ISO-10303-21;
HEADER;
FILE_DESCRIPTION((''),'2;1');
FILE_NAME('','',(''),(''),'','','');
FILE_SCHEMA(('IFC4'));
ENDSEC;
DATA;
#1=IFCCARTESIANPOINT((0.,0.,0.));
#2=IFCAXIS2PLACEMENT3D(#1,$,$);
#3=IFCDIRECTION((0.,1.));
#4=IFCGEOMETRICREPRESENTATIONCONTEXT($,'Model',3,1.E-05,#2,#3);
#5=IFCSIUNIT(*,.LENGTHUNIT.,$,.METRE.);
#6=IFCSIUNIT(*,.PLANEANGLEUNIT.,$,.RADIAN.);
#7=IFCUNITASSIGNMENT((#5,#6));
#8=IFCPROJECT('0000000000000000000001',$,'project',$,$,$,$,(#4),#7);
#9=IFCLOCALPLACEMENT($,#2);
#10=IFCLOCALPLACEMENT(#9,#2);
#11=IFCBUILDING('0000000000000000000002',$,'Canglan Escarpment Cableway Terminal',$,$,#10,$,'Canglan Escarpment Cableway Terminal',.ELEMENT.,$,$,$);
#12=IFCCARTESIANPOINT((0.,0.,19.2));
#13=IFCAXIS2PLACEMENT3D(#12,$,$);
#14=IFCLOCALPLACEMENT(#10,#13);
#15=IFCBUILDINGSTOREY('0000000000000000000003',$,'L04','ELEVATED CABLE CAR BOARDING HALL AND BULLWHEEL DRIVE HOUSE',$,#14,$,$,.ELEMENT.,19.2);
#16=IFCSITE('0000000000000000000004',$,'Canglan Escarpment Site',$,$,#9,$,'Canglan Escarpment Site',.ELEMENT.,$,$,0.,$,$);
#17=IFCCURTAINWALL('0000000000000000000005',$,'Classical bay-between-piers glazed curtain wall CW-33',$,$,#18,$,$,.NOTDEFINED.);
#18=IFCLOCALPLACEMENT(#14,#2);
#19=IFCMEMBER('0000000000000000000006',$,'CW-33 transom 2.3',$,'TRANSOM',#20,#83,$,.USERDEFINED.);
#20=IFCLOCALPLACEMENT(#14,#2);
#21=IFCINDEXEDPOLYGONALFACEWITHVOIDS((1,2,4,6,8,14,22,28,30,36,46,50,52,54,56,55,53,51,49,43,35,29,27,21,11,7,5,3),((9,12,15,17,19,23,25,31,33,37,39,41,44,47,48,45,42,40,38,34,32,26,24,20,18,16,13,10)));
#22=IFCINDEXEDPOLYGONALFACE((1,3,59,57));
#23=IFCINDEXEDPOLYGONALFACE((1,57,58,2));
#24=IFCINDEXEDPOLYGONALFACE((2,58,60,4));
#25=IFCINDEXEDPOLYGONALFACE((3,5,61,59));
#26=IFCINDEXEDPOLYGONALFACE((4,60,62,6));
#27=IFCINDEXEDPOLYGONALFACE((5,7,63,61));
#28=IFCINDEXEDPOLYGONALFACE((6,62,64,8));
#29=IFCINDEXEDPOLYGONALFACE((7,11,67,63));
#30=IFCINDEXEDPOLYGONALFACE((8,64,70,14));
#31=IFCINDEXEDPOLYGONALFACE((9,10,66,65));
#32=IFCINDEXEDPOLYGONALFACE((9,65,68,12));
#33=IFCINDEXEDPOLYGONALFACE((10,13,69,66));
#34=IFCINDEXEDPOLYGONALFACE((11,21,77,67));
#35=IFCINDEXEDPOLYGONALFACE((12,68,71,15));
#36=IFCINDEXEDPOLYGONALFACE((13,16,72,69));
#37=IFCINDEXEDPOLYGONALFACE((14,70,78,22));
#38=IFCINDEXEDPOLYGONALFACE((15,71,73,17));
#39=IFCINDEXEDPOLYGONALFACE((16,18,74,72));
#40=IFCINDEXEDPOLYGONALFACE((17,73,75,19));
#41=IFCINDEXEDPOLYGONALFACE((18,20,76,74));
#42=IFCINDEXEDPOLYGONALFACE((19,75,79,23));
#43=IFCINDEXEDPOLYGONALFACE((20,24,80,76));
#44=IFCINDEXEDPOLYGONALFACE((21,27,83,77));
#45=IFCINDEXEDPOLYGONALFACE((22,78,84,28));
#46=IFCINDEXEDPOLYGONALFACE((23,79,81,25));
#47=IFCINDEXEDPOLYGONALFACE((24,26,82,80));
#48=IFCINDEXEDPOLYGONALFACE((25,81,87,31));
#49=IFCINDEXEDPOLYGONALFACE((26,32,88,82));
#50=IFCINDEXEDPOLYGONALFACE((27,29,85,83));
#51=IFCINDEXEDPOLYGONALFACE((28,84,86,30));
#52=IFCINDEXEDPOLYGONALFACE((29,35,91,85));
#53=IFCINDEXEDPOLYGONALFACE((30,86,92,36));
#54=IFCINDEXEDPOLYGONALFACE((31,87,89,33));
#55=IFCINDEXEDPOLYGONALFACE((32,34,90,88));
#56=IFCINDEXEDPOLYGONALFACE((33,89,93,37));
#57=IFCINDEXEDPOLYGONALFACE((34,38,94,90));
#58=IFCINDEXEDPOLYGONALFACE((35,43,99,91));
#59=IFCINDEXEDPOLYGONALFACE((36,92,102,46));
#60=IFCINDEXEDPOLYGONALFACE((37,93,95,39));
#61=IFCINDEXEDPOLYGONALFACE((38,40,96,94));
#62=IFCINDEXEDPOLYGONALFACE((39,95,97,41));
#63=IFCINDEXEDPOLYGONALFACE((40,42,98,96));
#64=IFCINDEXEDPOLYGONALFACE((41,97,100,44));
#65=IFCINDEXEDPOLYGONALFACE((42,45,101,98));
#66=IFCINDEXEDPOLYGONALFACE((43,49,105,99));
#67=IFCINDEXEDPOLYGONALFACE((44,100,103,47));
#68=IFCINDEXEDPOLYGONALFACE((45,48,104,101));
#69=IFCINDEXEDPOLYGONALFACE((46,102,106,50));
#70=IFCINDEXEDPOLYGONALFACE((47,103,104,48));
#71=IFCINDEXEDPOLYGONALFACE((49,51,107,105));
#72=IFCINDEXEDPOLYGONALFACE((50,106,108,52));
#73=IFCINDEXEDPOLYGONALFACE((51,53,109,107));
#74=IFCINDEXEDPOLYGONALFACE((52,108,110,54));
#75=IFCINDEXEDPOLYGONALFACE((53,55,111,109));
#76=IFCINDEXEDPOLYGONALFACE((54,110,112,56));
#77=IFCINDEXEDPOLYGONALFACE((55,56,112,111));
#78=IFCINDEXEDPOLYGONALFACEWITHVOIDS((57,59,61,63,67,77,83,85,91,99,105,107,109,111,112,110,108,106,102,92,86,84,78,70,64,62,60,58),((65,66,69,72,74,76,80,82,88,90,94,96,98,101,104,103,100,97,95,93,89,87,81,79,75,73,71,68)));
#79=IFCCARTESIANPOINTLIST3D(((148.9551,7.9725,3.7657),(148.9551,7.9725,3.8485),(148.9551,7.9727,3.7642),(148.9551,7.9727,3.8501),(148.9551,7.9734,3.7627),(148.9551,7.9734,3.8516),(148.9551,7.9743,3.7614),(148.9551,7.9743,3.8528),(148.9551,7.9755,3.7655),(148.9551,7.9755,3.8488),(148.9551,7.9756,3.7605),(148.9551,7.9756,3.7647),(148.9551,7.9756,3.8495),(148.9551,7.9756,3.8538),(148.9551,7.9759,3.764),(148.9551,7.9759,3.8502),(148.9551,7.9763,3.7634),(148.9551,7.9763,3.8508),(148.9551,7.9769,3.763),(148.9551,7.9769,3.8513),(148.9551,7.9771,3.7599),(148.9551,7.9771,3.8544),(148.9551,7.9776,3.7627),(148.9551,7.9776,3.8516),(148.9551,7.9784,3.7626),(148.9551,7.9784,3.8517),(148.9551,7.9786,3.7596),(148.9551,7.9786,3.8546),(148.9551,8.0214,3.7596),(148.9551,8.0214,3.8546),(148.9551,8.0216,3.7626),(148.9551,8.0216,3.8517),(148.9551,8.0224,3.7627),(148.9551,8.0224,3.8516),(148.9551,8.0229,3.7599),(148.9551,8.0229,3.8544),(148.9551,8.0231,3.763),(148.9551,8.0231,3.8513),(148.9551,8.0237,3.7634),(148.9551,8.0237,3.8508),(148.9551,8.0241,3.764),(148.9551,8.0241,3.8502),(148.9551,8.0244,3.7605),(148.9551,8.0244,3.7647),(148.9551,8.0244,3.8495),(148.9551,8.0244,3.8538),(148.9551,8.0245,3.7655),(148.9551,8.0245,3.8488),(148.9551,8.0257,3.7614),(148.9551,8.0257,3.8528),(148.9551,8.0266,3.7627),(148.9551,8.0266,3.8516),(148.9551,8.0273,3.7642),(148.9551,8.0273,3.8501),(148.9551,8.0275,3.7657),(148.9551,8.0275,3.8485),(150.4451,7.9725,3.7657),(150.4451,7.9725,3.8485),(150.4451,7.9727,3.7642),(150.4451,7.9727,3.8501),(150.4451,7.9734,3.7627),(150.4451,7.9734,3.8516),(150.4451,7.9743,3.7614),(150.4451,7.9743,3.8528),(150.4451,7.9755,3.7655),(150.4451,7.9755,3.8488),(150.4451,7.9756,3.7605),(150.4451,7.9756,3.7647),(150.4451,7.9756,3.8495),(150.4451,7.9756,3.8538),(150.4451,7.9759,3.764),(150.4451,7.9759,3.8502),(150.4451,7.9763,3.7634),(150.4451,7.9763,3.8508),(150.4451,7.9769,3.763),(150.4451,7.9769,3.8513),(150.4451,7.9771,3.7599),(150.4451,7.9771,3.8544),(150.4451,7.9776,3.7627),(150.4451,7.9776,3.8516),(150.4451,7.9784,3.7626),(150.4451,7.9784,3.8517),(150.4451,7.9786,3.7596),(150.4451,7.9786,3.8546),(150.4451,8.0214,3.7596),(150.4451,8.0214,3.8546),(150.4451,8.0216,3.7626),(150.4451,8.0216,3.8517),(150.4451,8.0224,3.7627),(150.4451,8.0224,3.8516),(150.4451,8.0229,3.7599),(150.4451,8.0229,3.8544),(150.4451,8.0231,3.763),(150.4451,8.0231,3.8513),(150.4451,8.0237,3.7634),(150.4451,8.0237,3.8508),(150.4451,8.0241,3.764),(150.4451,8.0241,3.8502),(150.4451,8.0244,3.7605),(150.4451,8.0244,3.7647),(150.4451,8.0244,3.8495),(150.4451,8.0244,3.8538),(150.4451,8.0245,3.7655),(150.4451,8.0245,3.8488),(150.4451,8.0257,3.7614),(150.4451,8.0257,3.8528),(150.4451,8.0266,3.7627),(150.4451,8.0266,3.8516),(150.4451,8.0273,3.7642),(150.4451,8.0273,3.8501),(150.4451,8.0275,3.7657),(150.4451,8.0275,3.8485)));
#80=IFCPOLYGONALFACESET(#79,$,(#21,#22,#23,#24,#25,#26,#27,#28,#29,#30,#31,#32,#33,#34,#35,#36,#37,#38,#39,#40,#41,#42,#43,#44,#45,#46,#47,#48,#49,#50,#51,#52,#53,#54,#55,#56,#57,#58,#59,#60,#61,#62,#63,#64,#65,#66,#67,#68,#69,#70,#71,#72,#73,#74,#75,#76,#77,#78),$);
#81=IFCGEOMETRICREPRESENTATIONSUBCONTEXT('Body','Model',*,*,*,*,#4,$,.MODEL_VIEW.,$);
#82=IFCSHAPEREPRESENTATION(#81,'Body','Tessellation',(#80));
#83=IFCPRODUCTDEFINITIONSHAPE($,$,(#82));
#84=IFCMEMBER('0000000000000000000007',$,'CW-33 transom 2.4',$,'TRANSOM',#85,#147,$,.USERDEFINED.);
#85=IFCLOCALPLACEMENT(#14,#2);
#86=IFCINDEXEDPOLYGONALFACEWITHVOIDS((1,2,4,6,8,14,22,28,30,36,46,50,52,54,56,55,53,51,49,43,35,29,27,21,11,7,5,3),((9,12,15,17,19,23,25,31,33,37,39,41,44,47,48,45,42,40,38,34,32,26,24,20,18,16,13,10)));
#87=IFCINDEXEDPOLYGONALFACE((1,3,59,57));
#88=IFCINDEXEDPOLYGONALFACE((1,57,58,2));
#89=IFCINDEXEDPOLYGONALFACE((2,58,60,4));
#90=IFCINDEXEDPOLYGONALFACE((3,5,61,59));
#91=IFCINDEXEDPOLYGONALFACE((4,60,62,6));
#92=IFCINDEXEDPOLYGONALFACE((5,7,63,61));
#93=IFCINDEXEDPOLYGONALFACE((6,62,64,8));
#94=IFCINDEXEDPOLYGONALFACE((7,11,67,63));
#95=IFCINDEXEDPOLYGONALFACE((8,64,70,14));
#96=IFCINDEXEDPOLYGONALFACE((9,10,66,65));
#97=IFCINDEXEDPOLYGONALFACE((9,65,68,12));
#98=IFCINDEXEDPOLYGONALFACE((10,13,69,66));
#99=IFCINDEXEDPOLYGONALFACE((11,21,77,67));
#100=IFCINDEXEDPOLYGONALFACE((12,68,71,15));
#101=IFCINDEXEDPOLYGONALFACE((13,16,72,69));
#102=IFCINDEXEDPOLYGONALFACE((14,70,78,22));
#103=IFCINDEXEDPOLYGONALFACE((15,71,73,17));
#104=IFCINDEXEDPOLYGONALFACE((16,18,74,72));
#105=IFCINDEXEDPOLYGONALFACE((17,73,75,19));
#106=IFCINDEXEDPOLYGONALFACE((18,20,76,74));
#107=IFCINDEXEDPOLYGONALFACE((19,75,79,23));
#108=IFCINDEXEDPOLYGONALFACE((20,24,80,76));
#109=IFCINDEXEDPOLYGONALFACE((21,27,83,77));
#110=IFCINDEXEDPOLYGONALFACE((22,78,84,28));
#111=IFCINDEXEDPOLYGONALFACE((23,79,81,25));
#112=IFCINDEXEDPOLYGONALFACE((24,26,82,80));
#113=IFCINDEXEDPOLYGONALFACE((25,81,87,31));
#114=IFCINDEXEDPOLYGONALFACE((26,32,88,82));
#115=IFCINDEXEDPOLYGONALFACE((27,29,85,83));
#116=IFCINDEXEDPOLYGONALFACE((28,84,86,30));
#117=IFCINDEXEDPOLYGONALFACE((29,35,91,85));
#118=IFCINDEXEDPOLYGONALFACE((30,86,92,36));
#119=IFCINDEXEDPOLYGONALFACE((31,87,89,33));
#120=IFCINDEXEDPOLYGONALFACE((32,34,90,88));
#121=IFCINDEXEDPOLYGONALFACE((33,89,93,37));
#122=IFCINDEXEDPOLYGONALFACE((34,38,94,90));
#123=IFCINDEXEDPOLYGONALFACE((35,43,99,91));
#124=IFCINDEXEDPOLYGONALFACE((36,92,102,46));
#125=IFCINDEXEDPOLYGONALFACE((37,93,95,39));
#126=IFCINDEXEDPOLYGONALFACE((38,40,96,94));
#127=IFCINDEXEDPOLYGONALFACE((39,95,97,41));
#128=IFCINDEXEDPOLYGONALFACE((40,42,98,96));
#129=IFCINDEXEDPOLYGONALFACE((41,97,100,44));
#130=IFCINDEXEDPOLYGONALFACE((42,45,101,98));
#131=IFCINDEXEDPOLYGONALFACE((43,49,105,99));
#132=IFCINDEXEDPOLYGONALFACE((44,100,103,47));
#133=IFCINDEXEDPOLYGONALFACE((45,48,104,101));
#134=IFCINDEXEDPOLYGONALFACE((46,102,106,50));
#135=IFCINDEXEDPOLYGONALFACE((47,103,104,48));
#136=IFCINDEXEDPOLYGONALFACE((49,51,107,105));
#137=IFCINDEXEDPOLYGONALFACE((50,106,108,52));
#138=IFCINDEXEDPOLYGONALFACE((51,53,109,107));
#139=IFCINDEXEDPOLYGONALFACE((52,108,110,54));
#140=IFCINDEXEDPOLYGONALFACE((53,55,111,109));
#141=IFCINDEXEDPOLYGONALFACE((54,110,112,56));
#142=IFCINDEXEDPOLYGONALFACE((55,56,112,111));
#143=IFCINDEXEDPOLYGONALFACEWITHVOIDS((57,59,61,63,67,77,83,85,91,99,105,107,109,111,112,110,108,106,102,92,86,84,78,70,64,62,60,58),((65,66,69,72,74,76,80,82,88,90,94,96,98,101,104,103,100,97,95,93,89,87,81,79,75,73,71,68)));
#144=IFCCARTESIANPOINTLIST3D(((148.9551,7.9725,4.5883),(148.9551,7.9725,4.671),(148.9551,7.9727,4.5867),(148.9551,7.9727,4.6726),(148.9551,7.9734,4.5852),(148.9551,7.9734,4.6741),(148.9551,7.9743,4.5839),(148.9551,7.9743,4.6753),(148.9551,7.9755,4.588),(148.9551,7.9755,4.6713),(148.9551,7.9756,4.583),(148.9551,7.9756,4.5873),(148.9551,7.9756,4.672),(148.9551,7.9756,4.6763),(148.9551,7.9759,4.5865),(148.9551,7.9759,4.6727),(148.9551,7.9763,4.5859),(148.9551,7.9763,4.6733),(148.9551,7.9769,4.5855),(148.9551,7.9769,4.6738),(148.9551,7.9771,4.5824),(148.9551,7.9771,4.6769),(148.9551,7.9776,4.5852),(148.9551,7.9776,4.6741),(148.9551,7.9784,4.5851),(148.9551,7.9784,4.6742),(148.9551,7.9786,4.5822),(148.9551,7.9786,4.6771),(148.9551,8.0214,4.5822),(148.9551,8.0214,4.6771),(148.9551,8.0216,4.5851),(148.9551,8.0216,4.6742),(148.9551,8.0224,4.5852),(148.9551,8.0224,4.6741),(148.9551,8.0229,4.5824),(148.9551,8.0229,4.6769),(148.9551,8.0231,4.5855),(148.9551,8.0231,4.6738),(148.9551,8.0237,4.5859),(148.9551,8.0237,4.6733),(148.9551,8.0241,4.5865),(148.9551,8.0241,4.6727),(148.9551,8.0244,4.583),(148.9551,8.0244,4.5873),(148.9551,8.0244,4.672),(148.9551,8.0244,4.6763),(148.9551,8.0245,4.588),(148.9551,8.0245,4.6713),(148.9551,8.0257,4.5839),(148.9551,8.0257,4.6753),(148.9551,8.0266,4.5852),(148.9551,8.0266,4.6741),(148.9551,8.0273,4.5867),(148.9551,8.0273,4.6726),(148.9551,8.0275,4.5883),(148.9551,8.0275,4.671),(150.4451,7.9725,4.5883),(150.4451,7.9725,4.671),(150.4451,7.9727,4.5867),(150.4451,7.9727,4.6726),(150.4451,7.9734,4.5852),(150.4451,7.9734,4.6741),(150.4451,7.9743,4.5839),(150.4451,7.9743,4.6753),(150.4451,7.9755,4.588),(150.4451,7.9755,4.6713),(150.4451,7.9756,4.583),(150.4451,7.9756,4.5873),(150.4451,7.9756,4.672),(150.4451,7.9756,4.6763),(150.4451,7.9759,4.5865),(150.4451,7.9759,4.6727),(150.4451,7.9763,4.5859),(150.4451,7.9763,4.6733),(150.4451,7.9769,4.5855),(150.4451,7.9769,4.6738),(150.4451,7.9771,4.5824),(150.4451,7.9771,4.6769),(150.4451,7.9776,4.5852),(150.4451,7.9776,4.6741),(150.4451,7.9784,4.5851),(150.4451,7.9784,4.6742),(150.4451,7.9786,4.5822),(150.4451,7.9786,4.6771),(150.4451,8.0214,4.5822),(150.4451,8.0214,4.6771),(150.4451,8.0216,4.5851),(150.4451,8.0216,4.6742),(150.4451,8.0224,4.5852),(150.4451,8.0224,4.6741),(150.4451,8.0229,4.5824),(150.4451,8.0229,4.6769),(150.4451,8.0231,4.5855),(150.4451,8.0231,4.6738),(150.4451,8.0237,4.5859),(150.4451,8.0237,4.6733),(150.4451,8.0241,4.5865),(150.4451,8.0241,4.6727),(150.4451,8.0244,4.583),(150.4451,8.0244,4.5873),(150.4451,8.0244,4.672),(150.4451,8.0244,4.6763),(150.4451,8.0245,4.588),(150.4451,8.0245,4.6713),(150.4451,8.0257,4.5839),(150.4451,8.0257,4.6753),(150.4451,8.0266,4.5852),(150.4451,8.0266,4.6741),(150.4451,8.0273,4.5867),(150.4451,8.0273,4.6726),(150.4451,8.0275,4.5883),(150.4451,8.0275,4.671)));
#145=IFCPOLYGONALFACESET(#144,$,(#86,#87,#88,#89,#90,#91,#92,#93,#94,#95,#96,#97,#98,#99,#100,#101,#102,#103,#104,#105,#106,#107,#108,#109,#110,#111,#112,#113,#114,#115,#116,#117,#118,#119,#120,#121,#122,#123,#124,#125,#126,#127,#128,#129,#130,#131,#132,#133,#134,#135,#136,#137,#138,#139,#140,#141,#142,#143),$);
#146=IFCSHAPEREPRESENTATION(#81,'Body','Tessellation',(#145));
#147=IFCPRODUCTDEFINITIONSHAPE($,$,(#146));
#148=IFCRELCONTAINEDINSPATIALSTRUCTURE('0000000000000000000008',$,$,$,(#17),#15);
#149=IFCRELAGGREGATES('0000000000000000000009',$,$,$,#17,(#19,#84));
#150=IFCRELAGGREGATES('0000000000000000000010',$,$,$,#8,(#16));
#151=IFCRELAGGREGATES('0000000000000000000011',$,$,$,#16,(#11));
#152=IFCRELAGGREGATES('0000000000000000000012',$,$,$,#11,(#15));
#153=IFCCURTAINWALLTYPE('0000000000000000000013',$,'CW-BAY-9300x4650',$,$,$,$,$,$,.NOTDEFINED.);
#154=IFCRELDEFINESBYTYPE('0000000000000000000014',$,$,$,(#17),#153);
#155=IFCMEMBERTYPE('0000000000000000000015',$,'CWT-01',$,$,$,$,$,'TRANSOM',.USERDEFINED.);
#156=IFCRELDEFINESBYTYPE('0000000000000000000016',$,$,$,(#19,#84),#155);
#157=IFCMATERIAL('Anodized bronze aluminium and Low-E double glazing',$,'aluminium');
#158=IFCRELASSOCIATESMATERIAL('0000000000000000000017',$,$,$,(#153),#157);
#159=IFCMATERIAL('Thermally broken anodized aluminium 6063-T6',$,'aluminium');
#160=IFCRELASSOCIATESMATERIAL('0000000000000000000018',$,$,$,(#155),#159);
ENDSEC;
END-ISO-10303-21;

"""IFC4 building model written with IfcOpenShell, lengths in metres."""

from ifc_helpers import new_model, si_unit, direction, frame, origin, origin_2d, place, context, subcontext, project, spatial, hollow_rectangle, extrude, material, material_profile, profile_set, type_object, element, aggregate, save


model = new_model("IFC4")

# Units and contexts
model_context = context("Model", 3, precision=1e-05, world=origin(), true_north=direction((0.0, 1.0)))
body_context = subcontext(model_context, "Body", "Model", "MODEL_VIEW")
ifc_project = project(units=[si_unit("LENGTHUNIT", "METRE"), si_unit("PLANEANGLEUNIT", "RADIAN")], contexts=[model_context])

# Site, building, storey
site_placement = place(None, origin())
site = spatial("IfcSite", under=ifc_project, at=site_placement, Name="Canglan Escarpment Site", LongName="Canglan Escarpment Site", CompositionType="ELEMENT", RefElevation=0.0)
building_placement = place(site_placement, origin())
building = spatial("IfcBuilding", under=site, at=building_placement, Name="Canglan Escarpment Cableway Terminal", LongName="Canglan Escarpment Cableway Terminal", CompositionType="ELEMENT")
storey_placement = place(building_placement, frame((0.0, 0.0, 19.2)))
storey = spatial("IfcBuildingStorey", under=building, at=storey_placement, Name="L04", Description="ELEVATED CABLE CAR BOARDING HALL AND BULLWHEEL DRIVE HOUSE", CompositionType="ELEMENT", Elevation=19.2)

# Curtain wall, members
ifc_material_1 = material(Name="Anodized bronze aluminium and Low-E double glazing", Category="aluminium")
curtain_wall_type = type_object("IfcCurtainWallType", Name="CW-BAY-9300x4650", PredefinedType="NOTDEFINED", material=ifc_material_1)
curtain_wall_placement = place(storey_placement, origin())
curtain_wall = element("IfcCurtainWall", 1, at=curtain_wall_placement, inside=storey, type_object=curtain_wall_type, Name="Classical bay-between-piers glazed curtain wall CW-33", PredefinedType="NOTDEFINED")
ifc_material_2 = material(Name="Thermally broken anodized aluminium 6063-T6", Category="aluminium")
ifc_material_profile_1 = material_profile(ifc_material_2, hollow_rectangle(XDim=0.0549, YDim=0.095, WallThickness=0.0029, InnerFilletRadius=0.0029, OuterFilletRadius=0.0061, at=origin_2d()), Name="ALU-TRAN 55x95x3")
ifc_profile_set_1 = profile_set([ifc_material_profile_1], Name="Thermally broken anodized aluminium 6063-T6")
member_type_1 = type_object("IfcMemberType", Name="CWT-01", ElementType="TRANSOM", PredefinedType="USERDEFINED", material=ifc_profile_set_1)
member_1_placement = place(storey_placement, frame((148.9551, 8.0, 3.8071), z_axis=(1.0, 0.0, 0.0), x_axis=(0.0, 1.0, 0.0)))
member_1 = element("IfcMember", 2, at=member_1_placement, type_object=member_type_1, Name="CW-33 transom 2.3", ObjectType="TRANSOM", PredefinedType="USERDEFINED", context=body_context, shape_type="SweptSolid", body=[
    extrude(hollow_rectangle(XDim=0.0549, YDim=0.095, WallThickness=0.0029, InnerFilletRadius=0.0029, OuterFilletRadius=0.0061, at=origin_2d()), origin(), (0.0, 0.0, 1.0), 1.49),
])
member_2_placement = place(storey_placement, frame((148.9551, 8.0, 4.6296), z_axis=(1.0, 0.0, 0.0), x_axis=(0.0, 1.0, 0.0)))
member_2 = element("IfcMember", 3, at=member_2_placement, type_object=member_type_1, Name="CW-33 transom 2.4", ObjectType="TRANSOM", PredefinedType="USERDEFINED", context=body_context, shape_type="SweptSolid", body=[
    extrude(hollow_rectangle(XDim=0.0549, YDim=0.095, WallThickness=0.0029, InnerFilletRadius=0.0029, OuterFilletRadius=0.0061, at=origin_2d()), origin(), (0.0, 0.0, 1.0), 1.49),
])
aggregate(curtain_wall, [member_1, member_2])

save(model, "model.ifc")
